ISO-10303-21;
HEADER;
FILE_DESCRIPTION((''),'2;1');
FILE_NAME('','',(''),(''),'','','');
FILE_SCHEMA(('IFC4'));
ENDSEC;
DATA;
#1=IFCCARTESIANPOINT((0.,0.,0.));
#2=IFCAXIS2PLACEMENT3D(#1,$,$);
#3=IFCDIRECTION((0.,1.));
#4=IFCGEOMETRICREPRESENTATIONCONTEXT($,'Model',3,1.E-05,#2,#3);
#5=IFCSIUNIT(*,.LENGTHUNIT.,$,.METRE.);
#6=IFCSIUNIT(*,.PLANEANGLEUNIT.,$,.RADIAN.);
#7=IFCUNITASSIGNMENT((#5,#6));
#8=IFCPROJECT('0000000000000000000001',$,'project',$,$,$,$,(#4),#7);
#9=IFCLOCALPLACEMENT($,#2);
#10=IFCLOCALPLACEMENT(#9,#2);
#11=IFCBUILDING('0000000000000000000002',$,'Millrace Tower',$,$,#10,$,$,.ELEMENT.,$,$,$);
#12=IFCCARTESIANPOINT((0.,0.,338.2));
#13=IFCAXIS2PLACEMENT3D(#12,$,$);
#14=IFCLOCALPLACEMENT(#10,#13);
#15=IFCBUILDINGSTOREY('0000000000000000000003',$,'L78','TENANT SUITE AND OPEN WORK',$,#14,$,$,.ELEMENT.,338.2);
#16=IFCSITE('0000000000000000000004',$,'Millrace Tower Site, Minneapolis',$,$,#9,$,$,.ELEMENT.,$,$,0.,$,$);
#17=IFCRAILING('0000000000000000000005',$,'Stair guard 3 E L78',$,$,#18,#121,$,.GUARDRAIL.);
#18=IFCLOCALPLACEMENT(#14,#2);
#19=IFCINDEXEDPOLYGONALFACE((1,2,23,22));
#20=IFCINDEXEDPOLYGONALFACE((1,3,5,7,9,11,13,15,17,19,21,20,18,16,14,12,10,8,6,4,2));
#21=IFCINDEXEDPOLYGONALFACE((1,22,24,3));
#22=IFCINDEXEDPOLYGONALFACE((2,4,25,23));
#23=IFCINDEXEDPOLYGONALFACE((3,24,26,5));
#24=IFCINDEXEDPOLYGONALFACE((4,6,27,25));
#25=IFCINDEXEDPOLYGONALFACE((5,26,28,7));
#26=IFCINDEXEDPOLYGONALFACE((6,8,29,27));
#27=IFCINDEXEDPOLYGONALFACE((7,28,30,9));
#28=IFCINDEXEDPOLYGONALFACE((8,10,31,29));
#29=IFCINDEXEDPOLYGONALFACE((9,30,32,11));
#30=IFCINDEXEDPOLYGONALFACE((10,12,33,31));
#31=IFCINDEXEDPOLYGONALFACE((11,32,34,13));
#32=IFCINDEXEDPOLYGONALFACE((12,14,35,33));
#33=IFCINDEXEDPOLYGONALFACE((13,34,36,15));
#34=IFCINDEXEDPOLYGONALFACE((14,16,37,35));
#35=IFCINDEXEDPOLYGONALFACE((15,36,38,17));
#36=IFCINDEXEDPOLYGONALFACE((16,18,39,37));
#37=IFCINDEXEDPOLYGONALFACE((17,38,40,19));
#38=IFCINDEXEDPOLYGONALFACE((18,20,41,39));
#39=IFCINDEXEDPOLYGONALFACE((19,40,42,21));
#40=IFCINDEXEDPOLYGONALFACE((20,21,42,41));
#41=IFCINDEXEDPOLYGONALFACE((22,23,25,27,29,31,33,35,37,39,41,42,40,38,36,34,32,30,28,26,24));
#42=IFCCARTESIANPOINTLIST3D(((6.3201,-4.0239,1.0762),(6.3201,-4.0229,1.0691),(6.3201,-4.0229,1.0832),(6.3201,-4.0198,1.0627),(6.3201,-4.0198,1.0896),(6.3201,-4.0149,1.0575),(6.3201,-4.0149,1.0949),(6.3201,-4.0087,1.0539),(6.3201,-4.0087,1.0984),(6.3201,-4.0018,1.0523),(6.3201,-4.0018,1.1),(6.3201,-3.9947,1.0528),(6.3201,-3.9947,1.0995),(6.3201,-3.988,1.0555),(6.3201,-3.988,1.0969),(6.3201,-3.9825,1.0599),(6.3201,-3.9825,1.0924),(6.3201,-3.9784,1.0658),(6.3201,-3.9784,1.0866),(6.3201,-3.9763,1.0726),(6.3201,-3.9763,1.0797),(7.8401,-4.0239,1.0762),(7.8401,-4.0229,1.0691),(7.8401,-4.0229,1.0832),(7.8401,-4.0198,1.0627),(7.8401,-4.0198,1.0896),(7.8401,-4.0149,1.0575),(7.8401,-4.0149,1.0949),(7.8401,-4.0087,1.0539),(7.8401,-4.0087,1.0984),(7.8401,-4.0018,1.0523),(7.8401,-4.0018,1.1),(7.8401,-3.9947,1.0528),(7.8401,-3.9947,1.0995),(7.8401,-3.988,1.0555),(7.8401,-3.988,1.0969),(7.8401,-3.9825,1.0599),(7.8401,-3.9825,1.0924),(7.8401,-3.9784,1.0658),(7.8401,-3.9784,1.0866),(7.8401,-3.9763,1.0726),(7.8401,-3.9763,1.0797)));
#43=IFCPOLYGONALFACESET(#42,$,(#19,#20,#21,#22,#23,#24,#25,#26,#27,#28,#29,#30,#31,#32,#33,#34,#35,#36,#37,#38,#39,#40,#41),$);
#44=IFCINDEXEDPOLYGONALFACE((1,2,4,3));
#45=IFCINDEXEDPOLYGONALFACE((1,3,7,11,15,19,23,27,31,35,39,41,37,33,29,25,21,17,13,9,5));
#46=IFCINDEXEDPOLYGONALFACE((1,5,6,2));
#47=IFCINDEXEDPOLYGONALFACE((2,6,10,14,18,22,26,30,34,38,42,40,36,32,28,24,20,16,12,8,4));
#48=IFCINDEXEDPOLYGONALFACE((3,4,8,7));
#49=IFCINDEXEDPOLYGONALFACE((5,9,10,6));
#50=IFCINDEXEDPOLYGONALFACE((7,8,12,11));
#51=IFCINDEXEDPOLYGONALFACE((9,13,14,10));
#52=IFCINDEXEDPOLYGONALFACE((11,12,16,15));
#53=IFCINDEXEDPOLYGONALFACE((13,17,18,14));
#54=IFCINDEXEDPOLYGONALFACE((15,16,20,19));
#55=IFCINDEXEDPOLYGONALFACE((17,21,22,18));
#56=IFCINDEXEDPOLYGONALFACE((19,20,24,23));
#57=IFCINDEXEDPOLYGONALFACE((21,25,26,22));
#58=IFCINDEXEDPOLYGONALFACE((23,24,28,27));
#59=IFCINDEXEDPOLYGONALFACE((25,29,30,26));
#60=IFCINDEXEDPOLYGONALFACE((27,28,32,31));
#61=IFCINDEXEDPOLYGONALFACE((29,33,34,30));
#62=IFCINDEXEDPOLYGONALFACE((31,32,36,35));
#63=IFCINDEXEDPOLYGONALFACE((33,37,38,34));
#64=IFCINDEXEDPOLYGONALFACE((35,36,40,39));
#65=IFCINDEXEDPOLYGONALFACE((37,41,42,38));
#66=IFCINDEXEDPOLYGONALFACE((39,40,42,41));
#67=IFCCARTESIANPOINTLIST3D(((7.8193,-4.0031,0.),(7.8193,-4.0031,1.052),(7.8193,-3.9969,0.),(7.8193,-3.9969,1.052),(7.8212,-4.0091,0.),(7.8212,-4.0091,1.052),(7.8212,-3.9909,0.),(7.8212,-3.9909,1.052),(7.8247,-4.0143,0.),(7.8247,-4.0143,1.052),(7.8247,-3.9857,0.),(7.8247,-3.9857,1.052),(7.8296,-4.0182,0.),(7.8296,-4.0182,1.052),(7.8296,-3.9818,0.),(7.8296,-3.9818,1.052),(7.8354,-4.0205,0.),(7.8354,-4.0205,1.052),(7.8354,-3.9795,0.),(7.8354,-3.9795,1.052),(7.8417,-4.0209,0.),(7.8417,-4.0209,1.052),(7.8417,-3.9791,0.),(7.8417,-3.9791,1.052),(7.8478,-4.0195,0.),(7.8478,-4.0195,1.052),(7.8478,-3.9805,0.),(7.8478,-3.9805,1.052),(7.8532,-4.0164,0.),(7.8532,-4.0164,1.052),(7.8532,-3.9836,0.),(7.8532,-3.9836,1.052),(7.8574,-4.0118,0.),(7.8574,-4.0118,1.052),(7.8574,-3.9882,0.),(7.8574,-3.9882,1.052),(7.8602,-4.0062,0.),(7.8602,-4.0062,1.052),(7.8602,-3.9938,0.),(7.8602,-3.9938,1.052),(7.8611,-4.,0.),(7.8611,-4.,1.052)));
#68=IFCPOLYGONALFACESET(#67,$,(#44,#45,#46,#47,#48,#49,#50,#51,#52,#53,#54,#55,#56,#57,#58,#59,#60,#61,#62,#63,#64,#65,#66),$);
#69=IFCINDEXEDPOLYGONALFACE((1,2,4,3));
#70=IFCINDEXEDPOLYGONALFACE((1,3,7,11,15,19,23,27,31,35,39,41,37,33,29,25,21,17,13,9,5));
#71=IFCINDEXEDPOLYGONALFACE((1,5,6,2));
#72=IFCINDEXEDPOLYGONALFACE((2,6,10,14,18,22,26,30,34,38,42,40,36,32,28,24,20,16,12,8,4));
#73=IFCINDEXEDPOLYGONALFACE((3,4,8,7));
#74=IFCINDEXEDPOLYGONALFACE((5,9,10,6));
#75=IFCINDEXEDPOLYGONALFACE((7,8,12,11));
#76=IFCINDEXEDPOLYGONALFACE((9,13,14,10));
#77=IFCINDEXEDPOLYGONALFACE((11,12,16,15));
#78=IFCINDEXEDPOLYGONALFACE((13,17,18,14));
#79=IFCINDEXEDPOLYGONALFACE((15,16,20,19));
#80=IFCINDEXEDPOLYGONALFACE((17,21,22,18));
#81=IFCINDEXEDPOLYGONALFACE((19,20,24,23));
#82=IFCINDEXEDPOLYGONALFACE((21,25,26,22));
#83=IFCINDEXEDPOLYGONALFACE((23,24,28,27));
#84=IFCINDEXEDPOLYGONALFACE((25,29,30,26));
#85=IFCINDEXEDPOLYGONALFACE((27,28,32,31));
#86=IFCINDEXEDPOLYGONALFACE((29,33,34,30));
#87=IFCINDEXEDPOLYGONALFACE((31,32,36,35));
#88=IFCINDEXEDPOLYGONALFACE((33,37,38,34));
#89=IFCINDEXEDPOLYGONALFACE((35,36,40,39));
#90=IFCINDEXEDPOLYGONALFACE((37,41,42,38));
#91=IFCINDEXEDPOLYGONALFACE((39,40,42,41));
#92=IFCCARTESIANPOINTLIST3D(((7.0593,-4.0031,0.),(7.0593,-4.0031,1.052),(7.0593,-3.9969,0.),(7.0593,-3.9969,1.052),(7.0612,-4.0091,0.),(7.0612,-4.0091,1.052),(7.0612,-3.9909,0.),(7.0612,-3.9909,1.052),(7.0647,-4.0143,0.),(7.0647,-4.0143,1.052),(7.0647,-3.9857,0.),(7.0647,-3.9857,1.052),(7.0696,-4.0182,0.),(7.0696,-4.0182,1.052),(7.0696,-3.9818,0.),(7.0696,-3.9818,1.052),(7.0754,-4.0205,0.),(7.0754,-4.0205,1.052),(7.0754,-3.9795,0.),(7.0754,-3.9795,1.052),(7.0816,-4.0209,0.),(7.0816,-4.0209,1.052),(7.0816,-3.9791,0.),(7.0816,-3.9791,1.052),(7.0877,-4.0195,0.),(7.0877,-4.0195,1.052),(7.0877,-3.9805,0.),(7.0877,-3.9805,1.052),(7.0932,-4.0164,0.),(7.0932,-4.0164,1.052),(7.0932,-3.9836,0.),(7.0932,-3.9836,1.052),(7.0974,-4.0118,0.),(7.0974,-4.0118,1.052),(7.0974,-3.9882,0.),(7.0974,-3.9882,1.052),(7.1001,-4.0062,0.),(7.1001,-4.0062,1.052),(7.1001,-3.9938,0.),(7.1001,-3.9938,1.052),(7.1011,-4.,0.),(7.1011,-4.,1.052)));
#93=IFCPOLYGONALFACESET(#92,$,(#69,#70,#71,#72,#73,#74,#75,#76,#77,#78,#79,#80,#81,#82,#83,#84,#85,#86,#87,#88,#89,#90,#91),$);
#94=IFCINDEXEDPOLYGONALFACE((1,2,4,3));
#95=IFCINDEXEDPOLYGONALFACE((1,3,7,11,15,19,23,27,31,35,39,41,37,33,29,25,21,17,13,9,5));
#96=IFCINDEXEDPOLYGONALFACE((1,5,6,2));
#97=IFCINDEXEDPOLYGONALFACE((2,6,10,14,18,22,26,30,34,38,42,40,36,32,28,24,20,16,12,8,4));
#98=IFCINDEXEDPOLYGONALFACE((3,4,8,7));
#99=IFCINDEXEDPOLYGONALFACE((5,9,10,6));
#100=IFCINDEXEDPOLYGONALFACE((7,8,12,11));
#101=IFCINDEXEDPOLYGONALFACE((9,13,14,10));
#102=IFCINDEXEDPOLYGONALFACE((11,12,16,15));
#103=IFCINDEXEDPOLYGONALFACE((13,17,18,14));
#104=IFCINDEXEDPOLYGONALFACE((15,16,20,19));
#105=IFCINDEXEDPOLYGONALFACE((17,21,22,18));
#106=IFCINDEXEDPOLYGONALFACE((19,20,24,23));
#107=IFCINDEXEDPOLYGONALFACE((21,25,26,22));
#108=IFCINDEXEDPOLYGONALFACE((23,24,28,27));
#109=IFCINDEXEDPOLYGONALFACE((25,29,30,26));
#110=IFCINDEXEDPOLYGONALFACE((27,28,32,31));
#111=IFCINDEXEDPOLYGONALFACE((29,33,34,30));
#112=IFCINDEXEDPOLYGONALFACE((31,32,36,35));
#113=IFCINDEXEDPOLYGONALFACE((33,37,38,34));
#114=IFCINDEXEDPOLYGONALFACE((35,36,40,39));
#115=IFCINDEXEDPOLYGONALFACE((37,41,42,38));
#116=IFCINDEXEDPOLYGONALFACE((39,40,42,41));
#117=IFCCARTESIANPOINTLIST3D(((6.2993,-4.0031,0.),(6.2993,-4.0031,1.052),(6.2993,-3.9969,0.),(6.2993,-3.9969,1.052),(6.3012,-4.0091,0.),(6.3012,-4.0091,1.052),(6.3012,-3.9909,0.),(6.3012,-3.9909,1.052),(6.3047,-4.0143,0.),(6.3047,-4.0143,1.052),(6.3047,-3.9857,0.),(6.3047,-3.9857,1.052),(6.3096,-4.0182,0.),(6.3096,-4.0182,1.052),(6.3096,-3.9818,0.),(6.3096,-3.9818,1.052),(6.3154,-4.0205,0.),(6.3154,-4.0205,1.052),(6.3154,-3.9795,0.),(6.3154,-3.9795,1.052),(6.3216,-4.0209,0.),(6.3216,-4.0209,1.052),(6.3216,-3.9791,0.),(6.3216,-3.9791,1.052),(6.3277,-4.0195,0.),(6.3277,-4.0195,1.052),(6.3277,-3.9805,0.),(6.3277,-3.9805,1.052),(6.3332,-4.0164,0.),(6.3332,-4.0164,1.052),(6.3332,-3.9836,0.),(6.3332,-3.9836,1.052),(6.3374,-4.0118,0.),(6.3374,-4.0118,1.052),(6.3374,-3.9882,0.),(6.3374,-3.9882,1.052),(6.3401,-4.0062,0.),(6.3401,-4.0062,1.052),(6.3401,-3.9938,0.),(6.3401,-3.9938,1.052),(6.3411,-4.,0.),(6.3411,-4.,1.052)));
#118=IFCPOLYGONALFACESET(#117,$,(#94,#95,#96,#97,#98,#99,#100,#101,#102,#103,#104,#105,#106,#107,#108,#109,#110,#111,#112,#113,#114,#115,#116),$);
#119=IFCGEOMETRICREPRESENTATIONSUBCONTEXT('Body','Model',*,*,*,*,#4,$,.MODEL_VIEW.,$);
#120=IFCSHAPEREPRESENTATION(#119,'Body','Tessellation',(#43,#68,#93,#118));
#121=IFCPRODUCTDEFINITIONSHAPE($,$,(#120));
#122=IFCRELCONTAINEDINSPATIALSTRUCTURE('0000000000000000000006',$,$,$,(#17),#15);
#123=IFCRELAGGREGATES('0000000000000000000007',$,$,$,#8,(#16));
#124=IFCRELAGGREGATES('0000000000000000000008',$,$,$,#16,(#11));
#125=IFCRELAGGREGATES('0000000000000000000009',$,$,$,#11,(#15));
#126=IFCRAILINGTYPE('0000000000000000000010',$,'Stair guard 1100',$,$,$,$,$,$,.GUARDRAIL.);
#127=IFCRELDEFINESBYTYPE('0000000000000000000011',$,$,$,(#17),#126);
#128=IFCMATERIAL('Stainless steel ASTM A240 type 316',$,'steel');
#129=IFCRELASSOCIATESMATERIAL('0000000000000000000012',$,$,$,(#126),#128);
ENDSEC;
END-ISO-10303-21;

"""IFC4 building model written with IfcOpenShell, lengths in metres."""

from ifc_helpers import new_model, si_unit, direction, frame, origin, origin_2d, place, context, subcontext, project, spatial, circle, extrude, material, type_object, element, save


model = new_model("IFC4")

# Units and contexts
model_context = context("Model", 3, precision=1e-05, world=origin(), true_north=direction((0.0, 1.0)))
body_context = subcontext(model_context, "Body", "Model", "MODEL_VIEW")
ifc_project = project(units=[si_unit("LENGTHUNIT", "METRE"), si_unit("PLANEANGLEUNIT", "RADIAN")], contexts=[model_context])

# Site, building, storey
site_placement = place(None, origin())
site = spatial("IfcSite", under=ifc_project, at=site_placement, Name="Millrace Tower Site, Minneapolis", CompositionType="ELEMENT", RefElevation=0.0)
building_placement = place(site_placement, origin())
building = spatial("IfcBuilding", under=site, at=building_placement, Name="Millrace Tower", CompositionType="ELEMENT")
storey_placement = place(building_placement, frame((0.0, 0.0, 338.2)))
storey = spatial("IfcBuildingStorey", under=building, at=storey_placement, Name="L78", Description="TENANT SUITE AND OPEN WORK", CompositionType="ELEMENT", Elevation=338.2)

# Railing
ifc_material_1 = material(Name="Stainless steel ASTM A240 type 316", Category="steel")
railing_type_1 = type_object("IfcRailingType", Name="Stair guard 1100", PredefinedType="GUARDRAIL", material=ifc_material_1)
railing_1_placement = place(storey_placement, frame((7.8401, -4.0, 0.0)))
element("IfcRailing", 1, at=railing_1_placement, inside=storey, type_object=railing_type_1, Name="Stair guard 3 E L78", PredefinedType="GUARDRAIL", context=body_context, shape_type="SweptSolid", body=[
    extrude(circle(Radius=0.0239, at=origin_2d()), frame((0.0, 0.0, 1.0762), z_axis=(-1.0, 0.0, 0.0), x_axis=(0.0, -1.0, 0.0)), (0.0, 0.0, 1.0), 1.52),
    extrude(circle(Radius=0.021, at=origin_2d()), origin(), (0.0, 0.0, 1.0), 1.052),
    extrude(circle(Radius=0.021, at=origin_2d()), frame((-0.76, 0.0, 0.0)), (0.0, 0.0, 1.0), 1.052),
    extrude(circle(Radius=0.021, at=origin_2d()), frame((-1.52, 0.0, 0.0)), (0.0, 0.0, 1.0), 1.052),
])

save(model, "model.ifc")
